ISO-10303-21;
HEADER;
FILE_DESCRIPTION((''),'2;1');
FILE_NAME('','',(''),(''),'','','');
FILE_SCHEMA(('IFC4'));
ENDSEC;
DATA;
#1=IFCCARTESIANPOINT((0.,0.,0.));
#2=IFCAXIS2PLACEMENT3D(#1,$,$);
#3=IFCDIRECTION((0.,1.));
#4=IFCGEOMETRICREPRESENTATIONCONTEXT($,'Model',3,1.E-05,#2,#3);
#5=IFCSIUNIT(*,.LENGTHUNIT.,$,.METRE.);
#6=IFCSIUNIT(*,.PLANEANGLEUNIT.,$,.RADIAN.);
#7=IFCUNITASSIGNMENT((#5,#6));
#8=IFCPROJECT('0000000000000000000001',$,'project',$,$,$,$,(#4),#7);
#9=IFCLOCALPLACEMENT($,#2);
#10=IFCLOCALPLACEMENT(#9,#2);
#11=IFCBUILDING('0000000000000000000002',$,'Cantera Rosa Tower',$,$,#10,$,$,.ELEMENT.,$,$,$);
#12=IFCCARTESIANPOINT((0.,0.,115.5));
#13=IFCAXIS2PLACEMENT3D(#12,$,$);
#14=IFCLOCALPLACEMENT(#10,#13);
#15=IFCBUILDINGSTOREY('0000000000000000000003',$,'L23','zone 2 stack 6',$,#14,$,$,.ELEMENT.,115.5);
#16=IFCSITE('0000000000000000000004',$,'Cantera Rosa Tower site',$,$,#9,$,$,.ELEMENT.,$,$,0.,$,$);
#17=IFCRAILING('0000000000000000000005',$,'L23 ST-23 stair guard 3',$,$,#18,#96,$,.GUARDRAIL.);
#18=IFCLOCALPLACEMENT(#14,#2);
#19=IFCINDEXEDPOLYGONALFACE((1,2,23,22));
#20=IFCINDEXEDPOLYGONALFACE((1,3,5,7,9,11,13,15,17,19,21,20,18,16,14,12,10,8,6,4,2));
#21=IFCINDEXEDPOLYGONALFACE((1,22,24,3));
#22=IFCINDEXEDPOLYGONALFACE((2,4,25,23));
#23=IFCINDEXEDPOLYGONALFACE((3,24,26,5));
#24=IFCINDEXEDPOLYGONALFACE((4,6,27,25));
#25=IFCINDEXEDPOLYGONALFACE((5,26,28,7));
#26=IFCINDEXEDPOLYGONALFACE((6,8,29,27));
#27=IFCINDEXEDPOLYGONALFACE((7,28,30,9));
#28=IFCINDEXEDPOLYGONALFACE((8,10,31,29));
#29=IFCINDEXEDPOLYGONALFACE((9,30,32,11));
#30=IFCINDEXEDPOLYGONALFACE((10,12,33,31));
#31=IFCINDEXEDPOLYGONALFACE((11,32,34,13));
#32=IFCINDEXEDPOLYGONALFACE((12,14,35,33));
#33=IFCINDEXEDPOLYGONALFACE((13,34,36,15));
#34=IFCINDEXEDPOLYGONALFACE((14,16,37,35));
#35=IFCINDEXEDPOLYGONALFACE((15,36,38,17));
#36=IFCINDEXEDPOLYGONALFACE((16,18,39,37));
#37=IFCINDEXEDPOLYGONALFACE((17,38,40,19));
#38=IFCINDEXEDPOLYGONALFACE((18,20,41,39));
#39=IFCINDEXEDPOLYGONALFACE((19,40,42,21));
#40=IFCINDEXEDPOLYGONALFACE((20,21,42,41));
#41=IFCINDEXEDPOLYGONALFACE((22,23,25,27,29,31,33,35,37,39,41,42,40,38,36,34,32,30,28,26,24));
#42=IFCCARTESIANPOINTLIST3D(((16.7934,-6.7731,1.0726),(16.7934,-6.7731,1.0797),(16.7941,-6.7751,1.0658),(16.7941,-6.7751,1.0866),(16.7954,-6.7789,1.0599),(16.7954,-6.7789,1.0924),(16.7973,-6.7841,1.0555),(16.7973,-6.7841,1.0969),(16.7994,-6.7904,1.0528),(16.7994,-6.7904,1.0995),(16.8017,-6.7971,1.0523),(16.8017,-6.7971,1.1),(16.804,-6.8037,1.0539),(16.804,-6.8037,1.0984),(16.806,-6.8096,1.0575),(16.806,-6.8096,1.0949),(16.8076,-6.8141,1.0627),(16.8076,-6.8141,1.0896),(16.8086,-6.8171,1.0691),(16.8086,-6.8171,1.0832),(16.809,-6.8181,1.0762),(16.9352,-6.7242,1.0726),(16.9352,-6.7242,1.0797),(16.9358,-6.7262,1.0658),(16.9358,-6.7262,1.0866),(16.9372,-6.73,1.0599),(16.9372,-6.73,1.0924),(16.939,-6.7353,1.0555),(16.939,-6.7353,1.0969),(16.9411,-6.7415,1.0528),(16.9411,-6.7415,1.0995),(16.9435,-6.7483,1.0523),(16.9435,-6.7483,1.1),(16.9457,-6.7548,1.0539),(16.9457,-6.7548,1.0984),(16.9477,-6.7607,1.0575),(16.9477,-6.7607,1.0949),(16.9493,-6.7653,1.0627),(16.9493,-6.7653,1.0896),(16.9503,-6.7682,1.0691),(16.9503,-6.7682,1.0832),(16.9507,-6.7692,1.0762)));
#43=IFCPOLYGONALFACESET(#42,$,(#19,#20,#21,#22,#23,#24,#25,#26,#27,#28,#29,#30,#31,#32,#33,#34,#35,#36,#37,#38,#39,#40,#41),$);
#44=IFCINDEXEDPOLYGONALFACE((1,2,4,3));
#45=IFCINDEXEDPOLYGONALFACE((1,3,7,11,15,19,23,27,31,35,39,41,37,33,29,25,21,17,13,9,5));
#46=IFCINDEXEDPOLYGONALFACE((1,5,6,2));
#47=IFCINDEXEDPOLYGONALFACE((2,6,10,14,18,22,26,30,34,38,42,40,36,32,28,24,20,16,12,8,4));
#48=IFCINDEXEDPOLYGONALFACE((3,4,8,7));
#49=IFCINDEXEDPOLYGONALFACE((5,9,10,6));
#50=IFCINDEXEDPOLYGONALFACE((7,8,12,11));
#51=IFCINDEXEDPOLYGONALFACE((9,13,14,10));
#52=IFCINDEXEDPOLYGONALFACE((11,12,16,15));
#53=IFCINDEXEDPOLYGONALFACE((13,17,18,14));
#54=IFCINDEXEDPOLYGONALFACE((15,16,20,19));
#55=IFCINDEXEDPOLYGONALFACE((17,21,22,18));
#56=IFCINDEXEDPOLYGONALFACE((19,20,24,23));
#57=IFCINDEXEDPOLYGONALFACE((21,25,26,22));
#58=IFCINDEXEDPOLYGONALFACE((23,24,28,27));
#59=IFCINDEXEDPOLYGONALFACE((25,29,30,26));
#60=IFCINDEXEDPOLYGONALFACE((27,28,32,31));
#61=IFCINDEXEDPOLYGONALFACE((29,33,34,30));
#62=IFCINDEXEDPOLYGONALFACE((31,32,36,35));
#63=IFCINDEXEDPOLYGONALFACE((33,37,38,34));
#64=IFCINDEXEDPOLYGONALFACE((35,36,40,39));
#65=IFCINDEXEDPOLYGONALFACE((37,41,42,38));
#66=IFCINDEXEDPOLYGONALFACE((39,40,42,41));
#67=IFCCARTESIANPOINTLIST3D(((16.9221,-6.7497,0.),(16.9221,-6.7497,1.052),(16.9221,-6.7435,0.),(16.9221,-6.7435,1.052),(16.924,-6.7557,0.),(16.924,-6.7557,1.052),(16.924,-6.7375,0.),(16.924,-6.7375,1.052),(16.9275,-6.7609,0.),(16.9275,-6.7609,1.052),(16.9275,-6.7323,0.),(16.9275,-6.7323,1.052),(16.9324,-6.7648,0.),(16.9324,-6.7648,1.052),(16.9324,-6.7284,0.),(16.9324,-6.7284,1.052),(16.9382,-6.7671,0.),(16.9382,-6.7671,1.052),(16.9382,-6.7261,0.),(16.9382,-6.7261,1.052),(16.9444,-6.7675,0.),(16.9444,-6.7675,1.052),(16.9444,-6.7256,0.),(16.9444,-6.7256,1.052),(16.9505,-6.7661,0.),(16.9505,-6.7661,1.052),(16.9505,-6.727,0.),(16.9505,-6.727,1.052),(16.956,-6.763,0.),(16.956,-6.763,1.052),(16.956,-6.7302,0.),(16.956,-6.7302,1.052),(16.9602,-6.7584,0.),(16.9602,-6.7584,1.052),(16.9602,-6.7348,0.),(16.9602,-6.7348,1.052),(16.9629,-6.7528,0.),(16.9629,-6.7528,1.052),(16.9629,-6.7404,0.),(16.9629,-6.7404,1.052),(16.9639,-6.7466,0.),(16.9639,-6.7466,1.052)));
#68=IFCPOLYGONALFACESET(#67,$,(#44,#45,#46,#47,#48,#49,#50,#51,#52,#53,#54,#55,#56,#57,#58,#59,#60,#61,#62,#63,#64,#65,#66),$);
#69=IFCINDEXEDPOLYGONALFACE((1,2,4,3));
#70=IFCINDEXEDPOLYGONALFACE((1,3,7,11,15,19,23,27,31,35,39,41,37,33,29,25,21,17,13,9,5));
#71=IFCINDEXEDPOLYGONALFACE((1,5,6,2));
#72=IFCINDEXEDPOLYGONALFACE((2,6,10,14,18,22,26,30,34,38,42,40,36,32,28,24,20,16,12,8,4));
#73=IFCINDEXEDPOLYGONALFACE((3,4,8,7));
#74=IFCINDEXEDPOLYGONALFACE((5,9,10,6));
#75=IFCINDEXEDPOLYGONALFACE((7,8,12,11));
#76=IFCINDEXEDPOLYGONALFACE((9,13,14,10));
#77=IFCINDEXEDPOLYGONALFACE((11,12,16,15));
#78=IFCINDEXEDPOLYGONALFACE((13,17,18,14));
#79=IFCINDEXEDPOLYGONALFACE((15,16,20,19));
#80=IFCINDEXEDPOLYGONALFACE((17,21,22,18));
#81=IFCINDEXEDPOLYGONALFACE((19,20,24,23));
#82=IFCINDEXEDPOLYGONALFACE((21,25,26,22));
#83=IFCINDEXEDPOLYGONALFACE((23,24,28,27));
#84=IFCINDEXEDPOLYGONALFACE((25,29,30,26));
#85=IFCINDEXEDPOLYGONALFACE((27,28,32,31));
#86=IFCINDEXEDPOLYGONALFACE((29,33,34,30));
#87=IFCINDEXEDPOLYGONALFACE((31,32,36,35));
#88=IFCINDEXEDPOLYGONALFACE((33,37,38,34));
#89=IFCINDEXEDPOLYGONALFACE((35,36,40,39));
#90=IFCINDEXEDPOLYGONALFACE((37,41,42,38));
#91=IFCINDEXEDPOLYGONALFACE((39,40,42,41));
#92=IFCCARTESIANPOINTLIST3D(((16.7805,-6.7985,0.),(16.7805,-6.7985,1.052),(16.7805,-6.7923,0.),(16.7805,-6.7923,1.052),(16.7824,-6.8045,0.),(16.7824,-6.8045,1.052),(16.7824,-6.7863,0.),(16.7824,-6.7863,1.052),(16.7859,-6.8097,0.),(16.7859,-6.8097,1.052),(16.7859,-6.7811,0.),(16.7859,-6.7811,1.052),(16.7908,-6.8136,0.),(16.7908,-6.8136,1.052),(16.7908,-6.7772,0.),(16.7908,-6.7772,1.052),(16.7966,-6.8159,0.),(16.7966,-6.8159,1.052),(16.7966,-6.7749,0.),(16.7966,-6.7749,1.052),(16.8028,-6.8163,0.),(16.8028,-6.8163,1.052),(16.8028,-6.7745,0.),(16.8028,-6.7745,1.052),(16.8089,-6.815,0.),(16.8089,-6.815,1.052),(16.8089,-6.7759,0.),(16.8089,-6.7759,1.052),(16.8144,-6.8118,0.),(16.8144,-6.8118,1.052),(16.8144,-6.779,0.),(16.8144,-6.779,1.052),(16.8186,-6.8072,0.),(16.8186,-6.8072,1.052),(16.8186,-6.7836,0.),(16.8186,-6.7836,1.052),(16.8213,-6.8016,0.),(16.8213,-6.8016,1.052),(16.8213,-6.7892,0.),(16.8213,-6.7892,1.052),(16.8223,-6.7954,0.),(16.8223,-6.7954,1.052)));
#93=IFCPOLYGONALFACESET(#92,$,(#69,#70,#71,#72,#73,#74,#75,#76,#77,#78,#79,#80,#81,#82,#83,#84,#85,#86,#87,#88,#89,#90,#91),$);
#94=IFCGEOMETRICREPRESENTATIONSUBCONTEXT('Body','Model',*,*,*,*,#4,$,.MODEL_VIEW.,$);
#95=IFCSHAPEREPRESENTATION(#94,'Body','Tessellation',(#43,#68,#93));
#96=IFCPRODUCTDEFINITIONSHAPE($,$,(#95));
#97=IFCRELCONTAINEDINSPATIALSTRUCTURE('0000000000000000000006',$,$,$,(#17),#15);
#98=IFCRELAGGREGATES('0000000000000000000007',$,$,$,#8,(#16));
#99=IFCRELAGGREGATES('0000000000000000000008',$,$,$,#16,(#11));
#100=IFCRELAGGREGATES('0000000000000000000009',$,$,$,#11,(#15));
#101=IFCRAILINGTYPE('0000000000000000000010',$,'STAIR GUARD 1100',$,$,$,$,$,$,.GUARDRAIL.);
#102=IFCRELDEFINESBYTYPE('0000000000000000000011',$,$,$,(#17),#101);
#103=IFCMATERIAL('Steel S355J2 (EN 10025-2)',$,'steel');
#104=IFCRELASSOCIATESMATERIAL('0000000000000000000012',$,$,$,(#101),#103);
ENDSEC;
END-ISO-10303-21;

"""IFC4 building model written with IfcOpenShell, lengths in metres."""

from ifc_helpers import new_model, si_unit, direction, frame, origin, origin_2d, place, context, subcontext, project, spatial, circle, extrude, material, type_object, element, save


model = new_model("IFC4")

# Units and contexts
model_context = context("Model", 3, precision=1e-05, world=origin(), true_north=direction((0.0, 1.0)))
body_context = subcontext(model_context, "Body", "Model", "MODEL_VIEW")
ifc_project = project(units=[si_unit("LENGTHUNIT", "METRE"), si_unit("PLANEANGLEUNIT", "RADIAN")], contexts=[model_context])

# Site, building, storey
site_placement = place(None, origin())
site = spatial("IfcSite", under=ifc_project, at=site_placement, Name="Cantera Rosa Tower site", CompositionType="ELEMENT", RefElevation=0.0)
building_placement = place(site_placement, origin())
building = spatial("IfcBuilding", under=site, at=building_placement, Name="Cantera Rosa Tower", CompositionType="ELEMENT")
storey_placement = place(building_placement, frame((0.0, 0.0, 115.5)))
storey = spatial("IfcBuildingStorey", under=building, at=storey_placement, Name="L23", Description="zone 2 stack 6", CompositionType="ELEMENT", Elevation=115.5)

# Railing
ifc_material_1 = material(Name="Steel S355J2 (EN 10025-2)", Category="steel")
railing_type_1 = type_object("IfcRailingType", Name="STAIR GUARD 1100", PredefinedType="GUARDRAIL", material=ifc_material_1)
railing_1_placement = place(storey_placement, frame((16.9429, -6.7466, 0.0)))
element("IfcRailing", 1, at=railing_1_placement, inside=storey, type_object=railing_type_1, Name="L23 ST-23 stair guard 3", PredefinedType="GUARDRAIL", context=body_context, shape_type="SweptSolid", body=[
    extrude(circle(Radius=0.0239, at=origin_2d()), frame((0.0, 0.0, 1.0762), z_axis=(-0.945373, -0.325991, 0.0), x_axis=(0.325991, -0.945373, 0.0)), (0.0, 0.0, 1.0), 0.1499),
    extrude(circle(Radius=0.021, at=origin_2d()), origin(), (0.0, 0.0, 1.0), 1.052),
    extrude(circle(Radius=0.021, at=origin_2d()), frame((-0.1416, -0.0488, 0.0)), (0.0, 0.0, 1.0), 1.052),
])

save(model, "model.ifc")
